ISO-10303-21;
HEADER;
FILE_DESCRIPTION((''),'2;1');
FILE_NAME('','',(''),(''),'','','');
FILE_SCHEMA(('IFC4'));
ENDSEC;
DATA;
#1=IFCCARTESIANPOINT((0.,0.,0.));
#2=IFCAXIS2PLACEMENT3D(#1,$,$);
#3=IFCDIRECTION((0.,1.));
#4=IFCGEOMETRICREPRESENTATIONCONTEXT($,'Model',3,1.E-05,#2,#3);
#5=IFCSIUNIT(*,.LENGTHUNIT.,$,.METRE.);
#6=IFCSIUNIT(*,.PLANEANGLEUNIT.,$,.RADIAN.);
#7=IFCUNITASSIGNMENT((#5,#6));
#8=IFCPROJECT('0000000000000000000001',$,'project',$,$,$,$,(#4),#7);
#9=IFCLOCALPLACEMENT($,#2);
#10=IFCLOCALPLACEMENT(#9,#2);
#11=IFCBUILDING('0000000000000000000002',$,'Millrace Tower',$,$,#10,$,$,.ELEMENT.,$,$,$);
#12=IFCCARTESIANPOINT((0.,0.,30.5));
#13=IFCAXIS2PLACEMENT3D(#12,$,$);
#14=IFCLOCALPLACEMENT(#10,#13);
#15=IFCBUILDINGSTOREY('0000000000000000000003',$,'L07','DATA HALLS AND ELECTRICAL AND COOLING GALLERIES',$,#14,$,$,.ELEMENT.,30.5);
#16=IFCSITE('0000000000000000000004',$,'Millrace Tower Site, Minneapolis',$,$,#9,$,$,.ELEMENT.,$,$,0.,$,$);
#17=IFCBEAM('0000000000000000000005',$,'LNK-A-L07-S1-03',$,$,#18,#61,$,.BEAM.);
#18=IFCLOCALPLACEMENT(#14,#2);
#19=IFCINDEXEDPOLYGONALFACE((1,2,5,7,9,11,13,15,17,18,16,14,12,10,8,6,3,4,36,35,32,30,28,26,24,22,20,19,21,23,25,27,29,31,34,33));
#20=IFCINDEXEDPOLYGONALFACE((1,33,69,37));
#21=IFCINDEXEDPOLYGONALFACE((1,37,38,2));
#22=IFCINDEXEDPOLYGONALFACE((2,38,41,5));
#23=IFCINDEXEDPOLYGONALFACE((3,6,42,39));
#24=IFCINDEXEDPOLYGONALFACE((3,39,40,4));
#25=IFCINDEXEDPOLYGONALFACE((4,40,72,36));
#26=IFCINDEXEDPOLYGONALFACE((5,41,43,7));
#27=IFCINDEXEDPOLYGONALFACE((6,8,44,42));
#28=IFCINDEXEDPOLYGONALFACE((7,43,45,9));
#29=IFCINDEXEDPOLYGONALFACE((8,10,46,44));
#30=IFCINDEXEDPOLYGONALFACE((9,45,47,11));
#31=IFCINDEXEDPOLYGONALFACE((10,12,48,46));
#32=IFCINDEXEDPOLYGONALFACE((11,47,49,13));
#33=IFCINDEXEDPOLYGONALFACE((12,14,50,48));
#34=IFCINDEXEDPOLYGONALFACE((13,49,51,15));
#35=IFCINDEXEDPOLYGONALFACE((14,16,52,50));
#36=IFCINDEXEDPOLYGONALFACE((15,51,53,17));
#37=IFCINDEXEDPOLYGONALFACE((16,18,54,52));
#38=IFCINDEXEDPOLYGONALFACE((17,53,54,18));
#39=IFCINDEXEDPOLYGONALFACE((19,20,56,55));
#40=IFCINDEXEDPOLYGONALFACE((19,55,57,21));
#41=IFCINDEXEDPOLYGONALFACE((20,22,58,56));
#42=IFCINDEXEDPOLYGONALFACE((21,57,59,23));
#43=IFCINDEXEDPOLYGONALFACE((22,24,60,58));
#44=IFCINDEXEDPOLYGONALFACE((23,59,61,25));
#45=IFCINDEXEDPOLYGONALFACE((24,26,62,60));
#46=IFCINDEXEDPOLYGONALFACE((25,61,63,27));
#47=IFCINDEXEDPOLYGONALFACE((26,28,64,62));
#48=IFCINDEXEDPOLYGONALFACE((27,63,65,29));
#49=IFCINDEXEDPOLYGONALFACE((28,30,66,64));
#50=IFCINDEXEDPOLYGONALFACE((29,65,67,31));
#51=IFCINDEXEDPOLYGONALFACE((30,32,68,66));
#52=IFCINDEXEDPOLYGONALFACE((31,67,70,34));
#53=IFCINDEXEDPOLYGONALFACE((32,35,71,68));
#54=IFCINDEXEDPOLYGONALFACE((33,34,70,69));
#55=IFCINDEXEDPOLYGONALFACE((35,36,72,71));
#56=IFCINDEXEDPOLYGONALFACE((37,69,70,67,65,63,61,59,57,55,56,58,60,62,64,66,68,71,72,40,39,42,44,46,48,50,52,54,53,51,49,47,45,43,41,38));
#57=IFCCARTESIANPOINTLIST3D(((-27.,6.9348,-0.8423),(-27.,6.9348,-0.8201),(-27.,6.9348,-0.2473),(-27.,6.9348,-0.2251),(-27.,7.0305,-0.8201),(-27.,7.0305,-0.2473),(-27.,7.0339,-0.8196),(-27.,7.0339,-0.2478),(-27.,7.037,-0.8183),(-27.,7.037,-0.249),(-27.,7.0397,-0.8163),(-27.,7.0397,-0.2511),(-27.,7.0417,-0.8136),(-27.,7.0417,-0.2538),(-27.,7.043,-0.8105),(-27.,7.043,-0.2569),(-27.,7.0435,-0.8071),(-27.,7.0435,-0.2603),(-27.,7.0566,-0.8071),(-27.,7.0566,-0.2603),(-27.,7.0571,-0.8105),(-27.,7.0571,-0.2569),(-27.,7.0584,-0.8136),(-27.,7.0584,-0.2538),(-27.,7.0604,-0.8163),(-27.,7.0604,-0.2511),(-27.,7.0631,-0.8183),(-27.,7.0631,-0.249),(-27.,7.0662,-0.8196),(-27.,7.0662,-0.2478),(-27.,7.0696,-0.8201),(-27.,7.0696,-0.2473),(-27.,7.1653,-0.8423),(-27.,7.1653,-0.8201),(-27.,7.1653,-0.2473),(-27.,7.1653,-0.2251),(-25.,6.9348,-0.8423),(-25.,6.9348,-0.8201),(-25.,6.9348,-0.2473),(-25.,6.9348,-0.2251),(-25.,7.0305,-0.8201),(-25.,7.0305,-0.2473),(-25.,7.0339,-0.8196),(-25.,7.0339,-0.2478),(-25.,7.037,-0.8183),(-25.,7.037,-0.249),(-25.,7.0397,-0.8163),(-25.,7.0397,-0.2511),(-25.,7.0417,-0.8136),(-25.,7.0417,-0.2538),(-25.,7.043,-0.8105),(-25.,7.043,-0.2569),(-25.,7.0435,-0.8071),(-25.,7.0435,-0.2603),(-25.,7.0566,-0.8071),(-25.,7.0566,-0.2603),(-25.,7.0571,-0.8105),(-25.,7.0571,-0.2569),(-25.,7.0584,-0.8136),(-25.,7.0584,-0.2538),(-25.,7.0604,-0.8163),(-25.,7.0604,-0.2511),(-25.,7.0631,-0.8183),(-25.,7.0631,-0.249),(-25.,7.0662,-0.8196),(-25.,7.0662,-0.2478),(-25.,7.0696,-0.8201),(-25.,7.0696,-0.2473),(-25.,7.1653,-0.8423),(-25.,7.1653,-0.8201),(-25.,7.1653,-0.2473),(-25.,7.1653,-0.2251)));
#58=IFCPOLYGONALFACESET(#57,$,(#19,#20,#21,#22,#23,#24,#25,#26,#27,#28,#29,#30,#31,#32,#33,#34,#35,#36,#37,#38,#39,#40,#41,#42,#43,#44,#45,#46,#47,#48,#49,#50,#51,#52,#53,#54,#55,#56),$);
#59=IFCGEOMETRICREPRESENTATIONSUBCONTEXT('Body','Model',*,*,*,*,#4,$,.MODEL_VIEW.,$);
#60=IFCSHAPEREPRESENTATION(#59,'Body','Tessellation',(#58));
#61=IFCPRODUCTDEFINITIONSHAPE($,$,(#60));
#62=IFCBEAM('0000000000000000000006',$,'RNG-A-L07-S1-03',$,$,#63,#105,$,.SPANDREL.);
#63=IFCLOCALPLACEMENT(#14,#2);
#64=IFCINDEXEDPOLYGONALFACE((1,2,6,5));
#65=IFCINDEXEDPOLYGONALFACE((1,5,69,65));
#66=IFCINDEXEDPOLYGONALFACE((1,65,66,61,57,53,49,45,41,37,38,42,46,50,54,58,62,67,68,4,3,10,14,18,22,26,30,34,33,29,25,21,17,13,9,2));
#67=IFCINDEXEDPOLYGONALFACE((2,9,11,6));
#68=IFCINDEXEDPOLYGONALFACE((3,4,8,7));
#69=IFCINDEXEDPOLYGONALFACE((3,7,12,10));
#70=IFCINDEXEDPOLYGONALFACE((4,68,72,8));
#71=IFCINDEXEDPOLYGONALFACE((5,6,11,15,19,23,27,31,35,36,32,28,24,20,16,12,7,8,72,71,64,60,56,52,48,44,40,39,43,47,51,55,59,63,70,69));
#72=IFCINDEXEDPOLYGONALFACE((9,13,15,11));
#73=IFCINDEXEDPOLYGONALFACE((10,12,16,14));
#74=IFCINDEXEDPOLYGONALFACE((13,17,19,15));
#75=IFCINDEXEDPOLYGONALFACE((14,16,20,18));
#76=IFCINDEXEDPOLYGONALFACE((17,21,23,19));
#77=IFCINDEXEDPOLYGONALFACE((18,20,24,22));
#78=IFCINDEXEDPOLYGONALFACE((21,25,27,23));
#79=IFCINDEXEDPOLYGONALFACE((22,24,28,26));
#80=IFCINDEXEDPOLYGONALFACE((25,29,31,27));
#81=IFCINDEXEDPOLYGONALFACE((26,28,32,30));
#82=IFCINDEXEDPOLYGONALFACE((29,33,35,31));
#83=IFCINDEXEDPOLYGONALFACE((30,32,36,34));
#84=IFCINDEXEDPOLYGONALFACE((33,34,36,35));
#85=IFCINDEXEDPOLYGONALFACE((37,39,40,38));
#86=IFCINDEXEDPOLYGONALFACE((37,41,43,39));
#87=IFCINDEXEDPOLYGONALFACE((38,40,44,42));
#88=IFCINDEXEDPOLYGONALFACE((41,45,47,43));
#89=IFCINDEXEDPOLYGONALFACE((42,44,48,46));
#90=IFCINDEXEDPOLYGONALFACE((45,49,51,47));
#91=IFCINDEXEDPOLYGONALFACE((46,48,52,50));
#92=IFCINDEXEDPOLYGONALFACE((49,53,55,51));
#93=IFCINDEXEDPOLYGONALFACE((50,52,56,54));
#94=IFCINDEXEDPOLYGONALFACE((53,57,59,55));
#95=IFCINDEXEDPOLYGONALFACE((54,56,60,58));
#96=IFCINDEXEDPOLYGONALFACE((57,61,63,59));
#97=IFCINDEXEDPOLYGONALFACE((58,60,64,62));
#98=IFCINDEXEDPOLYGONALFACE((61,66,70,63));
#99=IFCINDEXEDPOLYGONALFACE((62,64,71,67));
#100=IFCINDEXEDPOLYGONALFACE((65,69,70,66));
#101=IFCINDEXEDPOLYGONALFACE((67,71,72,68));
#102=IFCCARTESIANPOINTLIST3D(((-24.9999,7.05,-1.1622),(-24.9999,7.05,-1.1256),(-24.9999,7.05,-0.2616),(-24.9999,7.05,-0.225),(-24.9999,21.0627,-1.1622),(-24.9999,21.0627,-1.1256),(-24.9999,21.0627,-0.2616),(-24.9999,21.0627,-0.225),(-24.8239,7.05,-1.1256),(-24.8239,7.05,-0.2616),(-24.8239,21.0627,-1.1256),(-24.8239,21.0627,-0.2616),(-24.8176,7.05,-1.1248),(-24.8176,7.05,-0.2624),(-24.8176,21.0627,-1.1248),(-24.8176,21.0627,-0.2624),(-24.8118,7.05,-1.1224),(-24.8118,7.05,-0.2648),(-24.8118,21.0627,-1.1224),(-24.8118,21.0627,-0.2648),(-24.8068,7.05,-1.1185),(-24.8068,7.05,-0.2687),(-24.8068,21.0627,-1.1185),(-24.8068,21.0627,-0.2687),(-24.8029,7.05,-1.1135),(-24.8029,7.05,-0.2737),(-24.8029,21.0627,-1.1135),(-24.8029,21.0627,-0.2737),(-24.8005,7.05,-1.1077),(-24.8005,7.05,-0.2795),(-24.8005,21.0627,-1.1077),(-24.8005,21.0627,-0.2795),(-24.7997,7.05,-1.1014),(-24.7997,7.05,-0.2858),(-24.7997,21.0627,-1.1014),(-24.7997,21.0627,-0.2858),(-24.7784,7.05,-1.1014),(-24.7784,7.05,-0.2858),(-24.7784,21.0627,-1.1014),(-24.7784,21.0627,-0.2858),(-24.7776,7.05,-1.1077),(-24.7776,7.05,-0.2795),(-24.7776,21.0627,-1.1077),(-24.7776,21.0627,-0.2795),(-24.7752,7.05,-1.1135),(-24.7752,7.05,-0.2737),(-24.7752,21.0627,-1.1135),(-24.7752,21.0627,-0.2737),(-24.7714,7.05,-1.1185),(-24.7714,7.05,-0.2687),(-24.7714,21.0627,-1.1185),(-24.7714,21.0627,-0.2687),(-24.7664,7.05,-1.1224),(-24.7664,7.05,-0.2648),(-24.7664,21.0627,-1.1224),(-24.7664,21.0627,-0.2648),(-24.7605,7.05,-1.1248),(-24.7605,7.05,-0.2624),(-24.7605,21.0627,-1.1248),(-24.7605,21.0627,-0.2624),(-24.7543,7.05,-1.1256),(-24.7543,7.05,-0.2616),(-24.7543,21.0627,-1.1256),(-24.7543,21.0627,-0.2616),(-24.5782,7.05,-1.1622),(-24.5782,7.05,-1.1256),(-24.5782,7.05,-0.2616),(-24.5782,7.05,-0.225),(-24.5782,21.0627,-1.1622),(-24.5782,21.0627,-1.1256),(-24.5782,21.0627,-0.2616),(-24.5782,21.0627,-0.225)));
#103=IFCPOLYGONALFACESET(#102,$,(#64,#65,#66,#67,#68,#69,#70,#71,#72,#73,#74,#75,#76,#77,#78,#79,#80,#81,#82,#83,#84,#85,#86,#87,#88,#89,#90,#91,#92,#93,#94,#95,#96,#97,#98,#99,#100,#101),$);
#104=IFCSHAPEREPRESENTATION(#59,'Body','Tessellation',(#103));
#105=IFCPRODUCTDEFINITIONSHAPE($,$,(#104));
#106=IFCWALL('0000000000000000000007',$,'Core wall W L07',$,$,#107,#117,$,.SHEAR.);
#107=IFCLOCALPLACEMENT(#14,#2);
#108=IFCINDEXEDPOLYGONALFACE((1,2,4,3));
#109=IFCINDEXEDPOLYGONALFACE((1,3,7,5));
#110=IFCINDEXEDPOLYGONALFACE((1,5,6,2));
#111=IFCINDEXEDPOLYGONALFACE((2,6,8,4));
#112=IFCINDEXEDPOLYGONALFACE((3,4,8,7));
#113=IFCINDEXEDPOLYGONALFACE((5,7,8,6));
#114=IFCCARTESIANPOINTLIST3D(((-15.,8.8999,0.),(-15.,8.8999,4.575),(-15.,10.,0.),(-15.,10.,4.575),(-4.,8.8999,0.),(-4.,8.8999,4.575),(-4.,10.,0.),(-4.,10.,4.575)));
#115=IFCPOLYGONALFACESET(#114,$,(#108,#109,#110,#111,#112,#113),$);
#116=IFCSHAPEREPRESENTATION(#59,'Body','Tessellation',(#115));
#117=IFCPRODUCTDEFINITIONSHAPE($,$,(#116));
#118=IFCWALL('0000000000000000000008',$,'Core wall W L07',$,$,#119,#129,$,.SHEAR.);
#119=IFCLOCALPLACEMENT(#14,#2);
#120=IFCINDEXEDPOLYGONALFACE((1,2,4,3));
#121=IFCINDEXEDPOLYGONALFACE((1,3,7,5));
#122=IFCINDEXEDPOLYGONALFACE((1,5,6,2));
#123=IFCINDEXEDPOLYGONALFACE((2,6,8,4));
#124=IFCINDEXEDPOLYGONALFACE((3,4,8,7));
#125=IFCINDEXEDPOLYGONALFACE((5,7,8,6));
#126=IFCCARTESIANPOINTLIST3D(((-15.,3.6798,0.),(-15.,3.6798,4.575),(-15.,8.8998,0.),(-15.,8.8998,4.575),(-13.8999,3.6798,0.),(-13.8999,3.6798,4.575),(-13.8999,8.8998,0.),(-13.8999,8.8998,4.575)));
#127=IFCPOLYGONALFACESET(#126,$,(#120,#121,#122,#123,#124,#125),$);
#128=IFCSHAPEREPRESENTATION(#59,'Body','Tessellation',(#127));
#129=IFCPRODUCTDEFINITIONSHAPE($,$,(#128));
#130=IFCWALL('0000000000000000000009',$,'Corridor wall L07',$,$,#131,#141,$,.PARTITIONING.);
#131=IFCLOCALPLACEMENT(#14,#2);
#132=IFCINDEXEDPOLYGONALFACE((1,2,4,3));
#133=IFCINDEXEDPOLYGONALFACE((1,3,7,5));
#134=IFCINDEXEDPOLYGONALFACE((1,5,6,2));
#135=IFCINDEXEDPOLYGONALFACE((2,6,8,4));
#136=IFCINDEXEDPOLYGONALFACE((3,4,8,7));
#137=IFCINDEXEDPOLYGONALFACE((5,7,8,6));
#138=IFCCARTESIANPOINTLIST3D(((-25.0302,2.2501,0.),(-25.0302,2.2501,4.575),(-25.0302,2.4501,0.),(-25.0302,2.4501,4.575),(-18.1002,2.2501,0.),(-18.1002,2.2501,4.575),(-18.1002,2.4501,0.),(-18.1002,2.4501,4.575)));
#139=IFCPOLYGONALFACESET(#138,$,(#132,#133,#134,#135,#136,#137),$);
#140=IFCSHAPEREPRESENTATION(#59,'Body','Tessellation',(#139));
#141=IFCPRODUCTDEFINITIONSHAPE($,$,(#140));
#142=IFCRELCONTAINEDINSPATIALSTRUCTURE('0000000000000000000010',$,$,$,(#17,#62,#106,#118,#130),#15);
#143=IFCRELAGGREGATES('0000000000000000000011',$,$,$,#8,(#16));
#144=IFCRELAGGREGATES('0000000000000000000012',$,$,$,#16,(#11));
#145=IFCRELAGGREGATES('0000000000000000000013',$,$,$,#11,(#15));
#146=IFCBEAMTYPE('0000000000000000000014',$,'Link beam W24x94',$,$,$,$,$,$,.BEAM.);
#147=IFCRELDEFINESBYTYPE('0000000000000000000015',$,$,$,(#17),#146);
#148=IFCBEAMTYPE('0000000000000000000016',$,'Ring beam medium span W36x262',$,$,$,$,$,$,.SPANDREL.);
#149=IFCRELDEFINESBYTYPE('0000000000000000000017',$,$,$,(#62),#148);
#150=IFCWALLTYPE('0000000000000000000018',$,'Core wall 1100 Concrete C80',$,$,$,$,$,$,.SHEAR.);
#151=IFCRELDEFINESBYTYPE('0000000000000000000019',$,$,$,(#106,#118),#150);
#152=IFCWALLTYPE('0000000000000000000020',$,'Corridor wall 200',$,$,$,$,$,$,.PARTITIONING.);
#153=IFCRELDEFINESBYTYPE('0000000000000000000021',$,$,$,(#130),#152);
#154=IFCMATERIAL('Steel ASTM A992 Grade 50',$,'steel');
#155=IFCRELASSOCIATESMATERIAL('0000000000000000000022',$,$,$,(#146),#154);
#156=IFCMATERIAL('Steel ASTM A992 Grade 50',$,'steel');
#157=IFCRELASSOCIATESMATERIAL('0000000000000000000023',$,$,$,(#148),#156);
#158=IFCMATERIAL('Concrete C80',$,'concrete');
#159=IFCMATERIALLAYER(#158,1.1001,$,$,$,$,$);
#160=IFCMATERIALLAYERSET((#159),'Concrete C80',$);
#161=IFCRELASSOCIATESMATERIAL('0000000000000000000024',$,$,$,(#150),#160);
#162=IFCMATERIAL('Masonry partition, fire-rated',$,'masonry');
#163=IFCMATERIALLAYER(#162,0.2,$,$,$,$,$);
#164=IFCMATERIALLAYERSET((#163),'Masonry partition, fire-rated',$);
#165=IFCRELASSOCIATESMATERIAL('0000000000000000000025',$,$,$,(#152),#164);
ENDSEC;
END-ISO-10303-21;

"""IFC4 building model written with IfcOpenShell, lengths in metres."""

from ifc_helpers import new_model, si_unit, direction, frame, frame_2d, origin, origin_2d, place, context, subcontext, project, spatial, rectangle, i_section, extrude, material, layer, layer_set, material_profile, profile_set, type_object, element, save


model = new_model("IFC4")

# Units and contexts
model_context = context("Model", 3, precision=1e-05, world=origin(), true_north=direction((0.0, 1.0)))
body_context = subcontext(model_context, "Body", "Model", "MODEL_VIEW")
ifc_project = project(units=[si_unit("LENGTHUNIT", "METRE"), si_unit("PLANEANGLEUNIT", "RADIAN")], contexts=[model_context])

# Site, building, storey
site_placement = place(None, origin())
site = spatial("IfcSite", under=ifc_project, at=site_placement, Name="Millrace Tower Site, Minneapolis", CompositionType="ELEMENT", RefElevation=0.0)
building_placement = place(site_placement, origin())
building = spatial("IfcBuilding", under=site, at=building_placement, Name="Millrace Tower", CompositionType="ELEMENT")
storey_placement = place(building_placement, frame((0.0, 0.0, 30.5)))
storey = spatial("IfcBuildingStorey", under=building, at=storey_placement, Name="L07", Description="DATA HALLS AND ELECTRICAL AND COOLING GALLERIES", CompositionType="ELEMENT", Elevation=30.5)

# Beams
ifc_material_1 = material(Name="Steel ASTM A992 Grade 50", Category="steel")
ifc_material_profile_1 = material_profile(ifc_material_1, i_section(OverallWidth=0.2305, OverallDepth=0.6172, WebThickness=0.0132, FlangeThickness=0.0222, FilletRadius=0.0129, at=origin_2d()))
ifc_profile_set_1 = profile_set([ifc_material_profile_1], Name="Steel ASTM A992 Grade 50")
beam_type_1 = type_object("IfcBeamType", Name="Link beam W24x94", PredefinedType="BEAM", material=ifc_profile_set_1)
beam_1_placement = place(storey_placement, frame((-25.0, 7.05, -0.5337), z_axis=(-1.0, 0.0, 0.0), x_axis=(0.0, -1.0, 0.0)))
element("IfcBeam", 1, at=beam_1_placement, inside=storey, type_object=beam_type_1, Name="LNK-A-L07-S1-03", PredefinedType="BEAM", context=body_context, shape_type="SweptSolid", body=[
    extrude(i_section(OverallWidth=0.2305, OverallDepth=0.6172, WebThickness=0.0132, FlangeThickness=0.0222, FilletRadius=0.0129, at=origin_2d()), origin(), (0.0, 0.0, 1.0), 2.0),
])
ifc_material_2 = material(Name="Steel ASTM A992 Grade 50", Category="steel")
ifc_material_profile_2 = material_profile(ifc_material_2, i_section(OverallWidth=0.4216, OverallDepth=0.9373, WebThickness=0.0212, FlangeThickness=0.0366, FilletRadius=0.0242, at=origin_2d()))
ifc_profile_set_2 = profile_set([ifc_material_profile_2], Name="Steel ASTM A992 Grade 50")
beam_type_2 = type_object("IfcBeamType", Name="Ring beam medium span W36x262", PredefinedType="SPANDREL", material=ifc_profile_set_2)
beam_2_placement = place(storey_placement, frame((-24.7891, 7.05, -0.6936), z_axis=(0.0, 1.0, 0.0), x_axis=(-1.0, 0.0, 0.0)))
element("IfcBeam", 2, at=beam_2_placement, inside=storey, type_object=beam_type_2, Name="RNG-A-L07-S1-03", PredefinedType="SPANDREL", context=body_context, shape_type="SweptSolid", body=[
    extrude(i_section(OverallWidth=0.4216, OverallDepth=0.9373, WebThickness=0.0212, FlangeThickness=0.0366, FilletRadius=0.0242, at=origin_2d()), origin(), (0.0, 0.0, 1.0), 14.0127),
])

# Walls
ifc_material_3 = material(Name="Concrete C80", Category="concrete")
ifc_layer_1 = layer(ifc_material_3, 1.1001)
ifc_layer_set_1 = layer_set([ifc_layer_1], Name="Concrete C80")
wall_type_1 = type_object("IfcWallType", Name="Core wall 1100 Concrete C80", PredefinedType="SHEAR", material=ifc_layer_set_1)
wall_1_placement = place(storey_placement, frame((-15.0, 9.45, 0.0), z_axis=(0.0, 0.0, 1.0), x_axis=(1.0, 0.0, 0.0)))
element("IfcWall", 3, at=wall_1_placement, inside=storey, type_object=wall_type_1, Name="Core wall W L07", PredefinedType="SHEAR", context=body_context, shape_type="SweptSolid", body=[
    extrude(rectangle(XDim=11.0, YDim=1.1001, at=frame_2d((5.5, 0.0))), origin(), (0.0, 0.0, 1.0), 4.575),
])
wall_2_placement = place(storey_placement, frame((-14.45, 3.6799, 0.0), z_axis=(0.0, 0.0, 1.0), x_axis=(0.0, 1.0, 0.0)))
element("IfcWall", 4, at=wall_2_placement, inside=storey, type_object=wall_type_1, Name="Core wall W L07", PredefinedType="SHEAR", context=body_context, shape_type="SweptSolid", body=[
    extrude(rectangle(XDim=5.22, YDim=1.1001, at=frame_2d((2.6099, 0.0))), origin(), (0.0, 0.0, 1.0), 4.575),
])
ifc_material_4 = material(Name="Masonry partition, fire-rated", Category="masonry")
ifc_layer_2 = layer(ifc_material_4, 0.2)
ifc_layer_set_2 = layer_set([ifc_layer_2], Name="Masonry partition, fire-rated")
wall_type_2 = type_object("IfcWallType", Name="Corridor wall 200", PredefinedType="PARTITIONING", material=ifc_layer_set_2)
wall_3_placement = place(storey_placement, frame((-25.03, 2.3501, 0.0), z_axis=(0.0, 0.0, 1.0), x_axis=(1.0, 0.0, 0.0)))
element("IfcWall", 5, at=wall_3_placement, inside=storey, type_object=wall_type_2, Name="Corridor wall L07", PredefinedType="PARTITIONING", context=body_context, shape_type="SweptSolid", body=[
    extrude(rectangle(XDim=6.9299, YDim=0.2, at=frame_2d((3.4648, 0.0))), origin(), (0.0, 0.0, 1.0), 4.575),
])

save(model, "model.ifc")
